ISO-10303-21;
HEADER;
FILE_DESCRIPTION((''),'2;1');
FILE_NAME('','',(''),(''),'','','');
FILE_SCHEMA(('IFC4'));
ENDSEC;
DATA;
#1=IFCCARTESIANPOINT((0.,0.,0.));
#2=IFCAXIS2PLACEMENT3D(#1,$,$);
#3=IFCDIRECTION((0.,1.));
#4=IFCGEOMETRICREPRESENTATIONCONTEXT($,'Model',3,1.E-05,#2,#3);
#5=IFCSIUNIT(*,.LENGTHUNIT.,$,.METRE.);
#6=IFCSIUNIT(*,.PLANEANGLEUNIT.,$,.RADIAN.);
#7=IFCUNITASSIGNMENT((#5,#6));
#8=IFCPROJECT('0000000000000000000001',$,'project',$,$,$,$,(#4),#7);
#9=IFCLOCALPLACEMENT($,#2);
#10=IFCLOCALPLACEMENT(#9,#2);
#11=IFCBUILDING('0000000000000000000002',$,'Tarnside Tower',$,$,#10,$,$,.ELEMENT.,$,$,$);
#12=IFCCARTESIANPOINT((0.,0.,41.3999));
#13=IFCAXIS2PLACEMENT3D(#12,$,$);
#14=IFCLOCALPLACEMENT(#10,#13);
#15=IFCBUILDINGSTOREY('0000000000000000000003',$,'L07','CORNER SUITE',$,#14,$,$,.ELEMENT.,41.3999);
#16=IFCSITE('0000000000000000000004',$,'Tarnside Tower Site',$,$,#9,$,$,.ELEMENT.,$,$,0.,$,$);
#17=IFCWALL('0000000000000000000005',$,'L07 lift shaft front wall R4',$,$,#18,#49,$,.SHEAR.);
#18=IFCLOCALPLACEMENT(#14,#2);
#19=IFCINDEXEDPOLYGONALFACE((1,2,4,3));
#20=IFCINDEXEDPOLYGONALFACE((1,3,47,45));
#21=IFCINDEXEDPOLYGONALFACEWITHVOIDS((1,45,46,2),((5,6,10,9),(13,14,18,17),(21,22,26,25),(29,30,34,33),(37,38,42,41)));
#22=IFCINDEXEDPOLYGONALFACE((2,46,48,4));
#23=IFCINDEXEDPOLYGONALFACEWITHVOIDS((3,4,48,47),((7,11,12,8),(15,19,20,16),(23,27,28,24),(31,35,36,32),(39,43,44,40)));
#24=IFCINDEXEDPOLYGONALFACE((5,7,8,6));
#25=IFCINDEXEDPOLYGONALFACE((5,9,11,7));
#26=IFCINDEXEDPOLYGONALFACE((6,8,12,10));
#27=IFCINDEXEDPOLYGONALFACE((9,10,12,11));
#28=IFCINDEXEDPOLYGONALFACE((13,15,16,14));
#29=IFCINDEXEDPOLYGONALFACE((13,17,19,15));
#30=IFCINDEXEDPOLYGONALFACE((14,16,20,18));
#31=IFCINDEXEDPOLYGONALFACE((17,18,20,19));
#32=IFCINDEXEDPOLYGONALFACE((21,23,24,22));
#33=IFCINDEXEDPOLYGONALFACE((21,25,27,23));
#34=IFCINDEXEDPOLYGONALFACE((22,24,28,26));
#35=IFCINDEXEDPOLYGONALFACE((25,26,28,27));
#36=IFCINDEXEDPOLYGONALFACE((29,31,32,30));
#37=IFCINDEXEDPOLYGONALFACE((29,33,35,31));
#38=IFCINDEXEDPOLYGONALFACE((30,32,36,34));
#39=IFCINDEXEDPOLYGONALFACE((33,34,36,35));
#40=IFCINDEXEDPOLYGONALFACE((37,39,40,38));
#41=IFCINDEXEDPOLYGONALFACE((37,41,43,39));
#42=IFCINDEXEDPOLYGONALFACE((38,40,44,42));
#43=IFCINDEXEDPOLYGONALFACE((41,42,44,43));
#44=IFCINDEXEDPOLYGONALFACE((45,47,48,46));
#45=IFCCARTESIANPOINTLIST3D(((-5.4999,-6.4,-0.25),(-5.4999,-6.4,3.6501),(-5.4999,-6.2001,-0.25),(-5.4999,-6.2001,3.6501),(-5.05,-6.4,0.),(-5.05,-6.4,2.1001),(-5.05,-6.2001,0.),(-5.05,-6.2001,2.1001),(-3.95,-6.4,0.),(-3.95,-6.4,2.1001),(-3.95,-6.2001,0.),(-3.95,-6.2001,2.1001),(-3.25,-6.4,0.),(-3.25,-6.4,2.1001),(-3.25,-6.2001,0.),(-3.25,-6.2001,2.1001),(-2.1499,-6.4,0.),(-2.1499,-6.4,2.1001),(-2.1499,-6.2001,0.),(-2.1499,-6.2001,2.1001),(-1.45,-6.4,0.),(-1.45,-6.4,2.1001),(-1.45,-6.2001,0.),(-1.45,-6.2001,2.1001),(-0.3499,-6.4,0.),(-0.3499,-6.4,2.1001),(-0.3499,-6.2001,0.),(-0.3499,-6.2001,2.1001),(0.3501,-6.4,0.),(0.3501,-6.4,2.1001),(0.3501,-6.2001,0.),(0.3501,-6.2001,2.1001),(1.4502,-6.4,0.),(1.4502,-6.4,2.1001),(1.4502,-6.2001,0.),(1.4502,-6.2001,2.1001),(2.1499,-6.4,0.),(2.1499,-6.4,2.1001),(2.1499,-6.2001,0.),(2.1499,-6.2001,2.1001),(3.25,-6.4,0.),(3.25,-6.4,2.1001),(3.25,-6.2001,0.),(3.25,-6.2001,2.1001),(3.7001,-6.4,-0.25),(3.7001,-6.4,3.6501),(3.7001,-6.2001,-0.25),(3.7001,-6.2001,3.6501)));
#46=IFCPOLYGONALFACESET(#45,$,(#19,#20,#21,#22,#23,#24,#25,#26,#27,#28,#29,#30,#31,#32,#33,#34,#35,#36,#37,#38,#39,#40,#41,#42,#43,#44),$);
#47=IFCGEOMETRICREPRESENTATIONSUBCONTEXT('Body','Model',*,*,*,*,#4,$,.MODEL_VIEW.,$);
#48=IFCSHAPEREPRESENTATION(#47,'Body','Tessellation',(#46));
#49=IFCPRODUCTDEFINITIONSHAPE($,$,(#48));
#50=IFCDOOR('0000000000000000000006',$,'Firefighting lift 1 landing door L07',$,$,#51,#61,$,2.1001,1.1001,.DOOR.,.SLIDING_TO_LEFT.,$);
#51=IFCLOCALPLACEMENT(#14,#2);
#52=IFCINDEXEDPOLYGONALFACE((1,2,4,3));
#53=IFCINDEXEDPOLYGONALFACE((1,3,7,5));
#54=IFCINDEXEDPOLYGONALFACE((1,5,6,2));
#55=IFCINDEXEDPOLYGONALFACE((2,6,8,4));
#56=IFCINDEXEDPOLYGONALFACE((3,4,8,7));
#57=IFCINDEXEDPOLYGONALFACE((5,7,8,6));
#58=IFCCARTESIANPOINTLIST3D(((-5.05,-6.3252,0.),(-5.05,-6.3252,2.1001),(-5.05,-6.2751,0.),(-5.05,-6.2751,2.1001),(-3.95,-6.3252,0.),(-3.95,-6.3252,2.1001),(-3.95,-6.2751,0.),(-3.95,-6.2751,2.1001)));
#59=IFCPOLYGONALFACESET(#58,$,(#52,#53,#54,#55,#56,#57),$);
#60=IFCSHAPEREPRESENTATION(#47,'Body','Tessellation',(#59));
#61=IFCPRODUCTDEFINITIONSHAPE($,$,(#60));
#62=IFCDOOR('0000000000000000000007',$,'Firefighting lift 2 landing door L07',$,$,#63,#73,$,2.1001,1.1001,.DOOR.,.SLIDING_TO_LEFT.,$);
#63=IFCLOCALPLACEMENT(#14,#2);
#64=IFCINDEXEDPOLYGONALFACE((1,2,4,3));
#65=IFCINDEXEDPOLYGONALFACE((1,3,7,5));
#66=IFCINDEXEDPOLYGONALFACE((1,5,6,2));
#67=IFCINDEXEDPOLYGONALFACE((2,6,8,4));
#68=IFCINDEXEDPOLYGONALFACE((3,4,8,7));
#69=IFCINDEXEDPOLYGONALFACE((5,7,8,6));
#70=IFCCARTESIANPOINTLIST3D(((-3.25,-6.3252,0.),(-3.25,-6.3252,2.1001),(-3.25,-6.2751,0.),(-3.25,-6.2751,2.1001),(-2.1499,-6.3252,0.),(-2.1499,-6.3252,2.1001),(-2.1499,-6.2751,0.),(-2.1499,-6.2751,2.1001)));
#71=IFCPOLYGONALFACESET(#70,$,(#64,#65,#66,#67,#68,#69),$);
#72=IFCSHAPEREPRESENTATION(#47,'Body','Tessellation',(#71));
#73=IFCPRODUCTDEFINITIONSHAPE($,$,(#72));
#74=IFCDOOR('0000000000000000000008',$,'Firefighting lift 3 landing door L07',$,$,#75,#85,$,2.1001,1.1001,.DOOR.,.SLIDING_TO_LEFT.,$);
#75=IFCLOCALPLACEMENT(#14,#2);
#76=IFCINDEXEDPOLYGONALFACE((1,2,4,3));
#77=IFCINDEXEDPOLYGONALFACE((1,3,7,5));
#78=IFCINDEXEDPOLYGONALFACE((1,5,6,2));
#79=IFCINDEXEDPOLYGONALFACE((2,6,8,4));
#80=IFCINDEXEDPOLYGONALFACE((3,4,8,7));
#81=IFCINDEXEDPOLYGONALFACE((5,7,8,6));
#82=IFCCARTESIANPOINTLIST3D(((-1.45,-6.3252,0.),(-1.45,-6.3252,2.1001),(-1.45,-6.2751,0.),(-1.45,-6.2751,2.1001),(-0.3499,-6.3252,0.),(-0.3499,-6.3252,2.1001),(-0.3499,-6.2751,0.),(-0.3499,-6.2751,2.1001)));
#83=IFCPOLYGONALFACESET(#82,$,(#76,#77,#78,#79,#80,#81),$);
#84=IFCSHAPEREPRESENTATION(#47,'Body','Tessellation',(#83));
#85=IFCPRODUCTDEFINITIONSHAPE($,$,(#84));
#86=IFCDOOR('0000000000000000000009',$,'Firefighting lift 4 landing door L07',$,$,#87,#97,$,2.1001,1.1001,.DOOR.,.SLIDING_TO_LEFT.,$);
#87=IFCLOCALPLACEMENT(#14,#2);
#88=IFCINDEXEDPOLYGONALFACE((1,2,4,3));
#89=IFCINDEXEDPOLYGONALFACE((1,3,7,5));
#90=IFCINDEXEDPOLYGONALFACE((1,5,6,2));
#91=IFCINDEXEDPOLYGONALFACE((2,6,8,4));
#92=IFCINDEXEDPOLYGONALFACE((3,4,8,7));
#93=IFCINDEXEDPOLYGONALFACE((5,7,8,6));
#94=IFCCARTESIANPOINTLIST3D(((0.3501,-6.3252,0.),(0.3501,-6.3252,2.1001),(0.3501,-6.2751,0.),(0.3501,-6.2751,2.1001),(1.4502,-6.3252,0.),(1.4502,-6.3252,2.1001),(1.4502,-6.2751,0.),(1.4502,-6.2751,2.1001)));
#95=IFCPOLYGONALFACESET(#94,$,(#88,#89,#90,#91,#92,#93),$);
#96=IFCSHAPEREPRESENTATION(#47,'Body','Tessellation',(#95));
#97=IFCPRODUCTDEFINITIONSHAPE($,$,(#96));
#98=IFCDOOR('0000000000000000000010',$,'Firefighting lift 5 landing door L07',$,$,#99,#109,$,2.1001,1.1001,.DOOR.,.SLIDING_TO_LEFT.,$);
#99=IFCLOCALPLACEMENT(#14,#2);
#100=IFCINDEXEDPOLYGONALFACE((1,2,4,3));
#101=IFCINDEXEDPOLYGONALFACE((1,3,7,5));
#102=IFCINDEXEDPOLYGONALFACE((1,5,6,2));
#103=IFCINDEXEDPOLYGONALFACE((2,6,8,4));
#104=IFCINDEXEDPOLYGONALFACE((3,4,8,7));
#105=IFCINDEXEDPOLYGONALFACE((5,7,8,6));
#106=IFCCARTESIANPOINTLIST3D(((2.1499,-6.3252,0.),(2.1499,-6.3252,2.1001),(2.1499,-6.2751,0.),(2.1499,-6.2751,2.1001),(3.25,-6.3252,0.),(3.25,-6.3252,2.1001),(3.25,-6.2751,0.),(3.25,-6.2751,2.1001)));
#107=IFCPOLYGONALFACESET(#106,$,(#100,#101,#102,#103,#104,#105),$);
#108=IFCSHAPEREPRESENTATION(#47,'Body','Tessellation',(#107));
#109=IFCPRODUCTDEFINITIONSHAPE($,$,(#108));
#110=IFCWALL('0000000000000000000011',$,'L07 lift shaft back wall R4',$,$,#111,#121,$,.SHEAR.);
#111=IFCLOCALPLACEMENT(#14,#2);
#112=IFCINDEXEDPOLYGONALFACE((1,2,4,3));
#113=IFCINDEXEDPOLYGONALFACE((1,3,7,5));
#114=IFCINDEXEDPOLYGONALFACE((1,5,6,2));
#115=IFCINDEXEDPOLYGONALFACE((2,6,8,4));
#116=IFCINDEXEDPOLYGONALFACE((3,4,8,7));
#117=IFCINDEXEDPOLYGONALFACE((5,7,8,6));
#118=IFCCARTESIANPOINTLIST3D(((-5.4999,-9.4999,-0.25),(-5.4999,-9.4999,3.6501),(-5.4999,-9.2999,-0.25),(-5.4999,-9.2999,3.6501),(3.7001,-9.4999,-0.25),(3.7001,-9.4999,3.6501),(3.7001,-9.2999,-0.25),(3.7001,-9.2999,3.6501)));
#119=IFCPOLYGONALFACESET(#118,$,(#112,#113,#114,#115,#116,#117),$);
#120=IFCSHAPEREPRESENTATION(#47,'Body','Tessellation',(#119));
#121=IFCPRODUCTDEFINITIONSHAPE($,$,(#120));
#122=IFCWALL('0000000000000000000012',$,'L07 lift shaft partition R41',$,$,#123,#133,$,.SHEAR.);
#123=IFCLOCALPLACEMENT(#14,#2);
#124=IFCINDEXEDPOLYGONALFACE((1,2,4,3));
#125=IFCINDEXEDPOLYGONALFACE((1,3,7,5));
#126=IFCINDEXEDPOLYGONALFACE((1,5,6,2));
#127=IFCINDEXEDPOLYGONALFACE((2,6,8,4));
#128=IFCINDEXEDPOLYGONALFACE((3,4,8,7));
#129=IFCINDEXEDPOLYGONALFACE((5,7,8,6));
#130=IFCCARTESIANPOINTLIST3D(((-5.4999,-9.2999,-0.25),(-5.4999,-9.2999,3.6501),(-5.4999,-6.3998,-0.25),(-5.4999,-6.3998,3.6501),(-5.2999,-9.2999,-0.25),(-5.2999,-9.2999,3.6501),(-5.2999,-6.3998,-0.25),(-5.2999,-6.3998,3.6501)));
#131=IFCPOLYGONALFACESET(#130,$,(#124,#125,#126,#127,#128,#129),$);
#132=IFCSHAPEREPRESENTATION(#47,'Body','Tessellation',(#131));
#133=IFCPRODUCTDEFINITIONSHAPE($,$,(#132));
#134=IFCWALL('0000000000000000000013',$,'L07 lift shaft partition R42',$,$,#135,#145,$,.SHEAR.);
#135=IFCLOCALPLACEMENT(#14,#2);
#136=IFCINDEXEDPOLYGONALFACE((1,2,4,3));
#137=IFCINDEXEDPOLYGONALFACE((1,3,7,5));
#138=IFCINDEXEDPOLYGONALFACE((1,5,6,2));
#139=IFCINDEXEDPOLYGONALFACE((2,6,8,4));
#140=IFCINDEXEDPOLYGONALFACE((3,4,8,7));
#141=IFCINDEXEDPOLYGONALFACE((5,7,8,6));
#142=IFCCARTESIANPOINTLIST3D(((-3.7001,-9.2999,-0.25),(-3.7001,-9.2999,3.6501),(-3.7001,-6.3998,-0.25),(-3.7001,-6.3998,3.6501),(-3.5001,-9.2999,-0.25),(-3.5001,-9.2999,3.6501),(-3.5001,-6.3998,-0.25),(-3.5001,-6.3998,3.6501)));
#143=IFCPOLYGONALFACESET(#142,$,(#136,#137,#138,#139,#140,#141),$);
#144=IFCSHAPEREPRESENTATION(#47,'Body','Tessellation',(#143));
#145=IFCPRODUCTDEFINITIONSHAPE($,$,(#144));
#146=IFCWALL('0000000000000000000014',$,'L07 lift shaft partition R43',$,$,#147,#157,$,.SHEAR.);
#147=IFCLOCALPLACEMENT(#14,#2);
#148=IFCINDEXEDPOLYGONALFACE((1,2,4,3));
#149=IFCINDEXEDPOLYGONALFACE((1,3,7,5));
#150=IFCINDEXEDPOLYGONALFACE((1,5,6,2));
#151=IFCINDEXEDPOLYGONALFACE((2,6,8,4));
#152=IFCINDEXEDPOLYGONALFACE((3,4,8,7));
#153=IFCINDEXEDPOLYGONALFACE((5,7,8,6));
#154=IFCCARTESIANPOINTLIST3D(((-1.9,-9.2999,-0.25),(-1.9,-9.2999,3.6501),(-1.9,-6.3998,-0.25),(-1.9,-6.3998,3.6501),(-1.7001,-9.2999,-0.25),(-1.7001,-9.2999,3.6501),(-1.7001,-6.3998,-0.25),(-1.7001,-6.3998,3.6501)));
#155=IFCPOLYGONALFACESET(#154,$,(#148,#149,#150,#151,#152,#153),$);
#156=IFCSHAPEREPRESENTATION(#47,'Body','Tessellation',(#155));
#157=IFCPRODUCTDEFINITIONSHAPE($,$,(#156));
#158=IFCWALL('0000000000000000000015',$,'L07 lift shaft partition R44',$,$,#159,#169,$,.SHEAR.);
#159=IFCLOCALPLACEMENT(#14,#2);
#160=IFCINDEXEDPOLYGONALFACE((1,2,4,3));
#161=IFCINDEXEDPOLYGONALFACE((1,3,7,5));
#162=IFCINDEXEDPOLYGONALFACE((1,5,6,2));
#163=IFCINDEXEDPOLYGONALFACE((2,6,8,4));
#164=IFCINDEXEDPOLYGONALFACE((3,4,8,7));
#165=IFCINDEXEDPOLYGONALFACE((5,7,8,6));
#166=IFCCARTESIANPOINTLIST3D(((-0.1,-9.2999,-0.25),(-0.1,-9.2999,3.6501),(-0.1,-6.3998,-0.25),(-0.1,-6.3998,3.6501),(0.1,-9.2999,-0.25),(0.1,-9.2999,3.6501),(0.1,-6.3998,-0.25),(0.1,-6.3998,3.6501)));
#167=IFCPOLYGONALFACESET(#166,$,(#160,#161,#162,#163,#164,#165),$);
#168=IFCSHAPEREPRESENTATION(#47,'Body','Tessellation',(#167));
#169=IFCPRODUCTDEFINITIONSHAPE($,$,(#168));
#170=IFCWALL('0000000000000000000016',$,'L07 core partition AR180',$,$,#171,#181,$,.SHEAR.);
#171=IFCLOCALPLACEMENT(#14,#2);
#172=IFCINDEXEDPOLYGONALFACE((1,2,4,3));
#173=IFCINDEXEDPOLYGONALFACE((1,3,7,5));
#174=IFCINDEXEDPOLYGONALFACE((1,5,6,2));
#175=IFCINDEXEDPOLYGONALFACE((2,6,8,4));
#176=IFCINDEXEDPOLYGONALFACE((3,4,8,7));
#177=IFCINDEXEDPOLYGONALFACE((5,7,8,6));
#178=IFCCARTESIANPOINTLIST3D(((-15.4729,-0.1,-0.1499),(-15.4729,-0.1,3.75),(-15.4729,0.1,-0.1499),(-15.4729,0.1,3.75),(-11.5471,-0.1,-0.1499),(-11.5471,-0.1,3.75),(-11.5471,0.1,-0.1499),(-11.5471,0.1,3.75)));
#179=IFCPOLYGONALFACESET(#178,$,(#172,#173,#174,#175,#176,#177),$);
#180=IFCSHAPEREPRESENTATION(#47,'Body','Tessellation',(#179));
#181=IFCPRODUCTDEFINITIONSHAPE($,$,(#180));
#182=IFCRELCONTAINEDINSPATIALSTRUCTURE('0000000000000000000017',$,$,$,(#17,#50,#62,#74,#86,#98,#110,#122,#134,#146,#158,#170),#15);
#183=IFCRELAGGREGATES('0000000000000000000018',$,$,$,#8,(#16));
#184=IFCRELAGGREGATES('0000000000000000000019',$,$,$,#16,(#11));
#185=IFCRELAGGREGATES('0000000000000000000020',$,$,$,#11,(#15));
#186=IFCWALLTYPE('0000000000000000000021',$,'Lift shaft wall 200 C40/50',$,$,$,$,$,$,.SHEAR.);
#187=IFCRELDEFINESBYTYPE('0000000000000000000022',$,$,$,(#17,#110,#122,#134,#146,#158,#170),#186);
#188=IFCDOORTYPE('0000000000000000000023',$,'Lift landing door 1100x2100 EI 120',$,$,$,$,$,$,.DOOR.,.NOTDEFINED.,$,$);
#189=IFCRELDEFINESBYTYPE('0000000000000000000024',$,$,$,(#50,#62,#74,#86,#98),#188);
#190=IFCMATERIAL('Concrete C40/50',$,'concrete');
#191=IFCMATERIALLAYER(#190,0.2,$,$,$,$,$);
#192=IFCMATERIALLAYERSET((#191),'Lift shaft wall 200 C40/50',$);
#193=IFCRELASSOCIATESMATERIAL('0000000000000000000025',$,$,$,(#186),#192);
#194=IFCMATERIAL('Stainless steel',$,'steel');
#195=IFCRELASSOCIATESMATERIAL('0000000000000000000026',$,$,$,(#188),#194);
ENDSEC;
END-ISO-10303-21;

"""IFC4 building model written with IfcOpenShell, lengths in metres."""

from ifc_helpers import new_model, si_unit, direction, frame, frame_2d, origin, place, context, subcontext, project, spatial, rectangle, extrude, material, layer, layer_set, type_object, element, fill, save


model = new_model("IFC4")

# Units and contexts
model_context = context("Model", 3, precision=1e-05, world=origin(), true_north=direction((0.0, 1.0)))
body_context = subcontext(model_context, "Body", "Model", "MODEL_VIEW")
ifc_project = project(units=[si_unit("LENGTHUNIT", "METRE"), si_unit("PLANEANGLEUNIT", "RADIAN")], contexts=[model_context])

# Site, building, storey
site_placement = place(None, origin())
site = spatial("IfcSite", under=ifc_project, at=site_placement, Name="Tarnside Tower Site", CompositionType="ELEMENT", RefElevation=0.0)
building_placement = place(site_placement, origin())
building = spatial("IfcBuilding", under=site, at=building_placement, Name="Tarnside Tower", CompositionType="ELEMENT")
storey_placement = place(building_placement, frame((0.0, 0.0, 41.3999)))
storey = spatial("IfcBuildingStorey", under=building, at=storey_placement, Name="L07", Description="CORNER SUITE", CompositionType="ELEMENT", Elevation=41.3999)

# Shared definitions
ifc_material_1 = material(Name="Concrete C40/50", Category="concrete")

# Wall, openings, doors
ifc_layer_1 = layer(ifc_material_1, 0.2)
ifc_layer_set_1 = layer_set([ifc_layer_1], Name="Lift shaft wall 200 C40/50")
wall_type_1 = type_object("IfcWallType", Name="Lift shaft wall 200 C40/50", PredefinedType="SHEAR", material=ifc_layer_set_1)
wall_1_placement = place(storey_placement, frame((-5.5, -6.3, -0.25), z_axis=(0.0, 0.0, 1.0), x_axis=(1.0, 0.0, 0.0)))
wall_1 = element("IfcWall", 1, at=wall_1_placement, inside=storey, type_object=wall_type_1, Name="L07 lift shaft front wall R4", PredefinedType="SHEAR", context=body_context, shape_type="SweptSolid", body=[
    extrude(rectangle(XDim=9.2, YDim=0.2, at=frame_2d((4.6001, 0.0))), origin(), (0.0, 0.0, 1.0), 3.9001),
])
opening_1_placement = place(wall_1_placement, frame((0.45, 0.0, 0.25)))
opening_1 = element("IfcOpeningElement", 2, at=opening_1_placement, cuts=wall_1, PredefinedType="OPENING", context=body_context, shape_type="SweptSolid", body=[
    extrude(rectangle(XDim=1.1001, YDim=2.1001, at=frame_2d((0.55, 1.05))), frame((0.0, 0.1099, 0.0), z_axis=(0.0, -1.0, 0.0), x_axis=(1.0, 0.0, 0.0)), (0.0, 0.0, 1.0), 0.22),
])
opening_2_placement = place(wall_1_placement, frame((2.25, 0.0, 0.25)))
opening_2 = element("IfcOpeningElement", 3, at=opening_2_placement, cuts=wall_1, PredefinedType="OPENING", context=body_context, shape_type="SweptSolid", body=[
    extrude(rectangle(XDim=1.1001, YDim=2.1001, at=frame_2d((0.55, 1.05))), frame((0.0, 0.1099, 0.0), z_axis=(0.0, -1.0, 0.0), x_axis=(1.0, 0.0, 0.0)), (0.0, 0.0, 1.0), 0.22),
])
opening_3_placement = place(wall_1_placement, frame((4.05, 0.0, 0.25)))
opening_3 = element("IfcOpeningElement", 4, at=opening_3_placement, cuts=wall_1, PredefinedType="OPENING", context=body_context, shape_type="SweptSolid", body=[
    extrude(rectangle(XDim=1.1001, YDim=2.1001, at=frame_2d((0.55, 1.05))), frame((0.0, 0.1099, 0.0), z_axis=(0.0, -1.0, 0.0), x_axis=(1.0, 0.0, 0.0)), (0.0, 0.0, 1.0), 0.22),
])
opening_4_placement = place(wall_1_placement, frame((5.8501, 0.0, 0.25)))
opening_4 = element("IfcOpeningElement", 5, at=opening_4_placement, cuts=wall_1, PredefinedType="OPENING", context=body_context, shape_type="SweptSolid", body=[
    extrude(rectangle(XDim=1.1001, YDim=2.1001, at=frame_2d((0.55, 1.05))), frame((0.0, 0.1099, 0.0), z_axis=(0.0, -1.0, 0.0), x_axis=(1.0, 0.0, 0.0)), (0.0, 0.0, 1.0), 0.22),
])
opening_5_placement = place(wall_1_placement, frame((7.6499, 0.0, 0.25)))
opening_5 = element("IfcOpeningElement", 6, at=opening_5_placement, cuts=wall_1, PredefinedType="OPENING", context=body_context, shape_type="SweptSolid", body=[
    extrude(rectangle(XDim=1.1001, YDim=2.1001, at=frame_2d((0.55, 1.05))), frame((0.0, 0.1099, 0.0), z_axis=(0.0, -1.0, 0.0), x_axis=(1.0, 0.0, 0.0)), (0.0, 0.0, 1.0), 0.22),
])
ifc_material_2 = material(Name="Stainless steel", Category="steel")
door_type_1 = type_object("IfcDoorType", Name="Lift landing door 1100x2100 EI 120", OperationType="NOTDEFINED", PredefinedType="DOOR", material=ifc_material_2)
door_1_placement = place(opening_1_placement, origin())
door_1 = element("IfcDoor", 7, at=door_1_placement, inside=storey, type_object=door_type_1, Name="Firefighting lift 1 landing door L07", OperationType="SLIDING_TO_LEFT", OverallHeight=2.1001, OverallWidth=1.1001, PredefinedType="DOOR", context=body_context, shape_type="SweptSolid", body=[
    extrude(rectangle(XDim=1.1001, YDim=2.1001, at=frame_2d((0.55, 1.05))), frame((0.0, 0.0249, 0.0), z_axis=(0.0, -1.0, 0.0), x_axis=(1.0, 0.0, 0.0)), (0.0, 0.0, 1.0), 0.05),
])
fill(opening_1, door_1)
door_2_placement = place(opening_2_placement, origin())
door_2 = element("IfcDoor", 8, at=door_2_placement, inside=storey, type_object=door_type_1, Name="Firefighting lift 2 landing door L07", OperationType="SLIDING_TO_LEFT", OverallHeight=2.1001, OverallWidth=1.1001, PredefinedType="DOOR", context=body_context, shape_type="SweptSolid", body=[
    extrude(rectangle(XDim=1.1001, YDim=2.1001, at=frame_2d((0.55, 1.05))), frame((0.0, 0.0249, 0.0), z_axis=(0.0, -1.0, 0.0), x_axis=(1.0, 0.0, 0.0)), (0.0, 0.0, 1.0), 0.05),
])
fill(opening_2, door_2)
door_3_placement = place(opening_3_placement, origin())
door_3 = element("IfcDoor", 9, at=door_3_placement, inside=storey, type_object=door_type_1, Name="Firefighting lift 3 landing door L07", OperationType="SLIDING_TO_LEFT", OverallHeight=2.1001, OverallWidth=1.1001, PredefinedType="DOOR", context=body_context, shape_type="SweptSolid", body=[
    extrude(rectangle(XDim=1.1001, YDim=2.1001, at=frame_2d((0.55, 1.05))), frame((0.0, 0.0249, 0.0), z_axis=(0.0, -1.0, 0.0), x_axis=(1.0, 0.0, 0.0)), (0.0, 0.0, 1.0), 0.05),
])
fill(opening_3, door_3)
door_4_placement = place(opening_4_placement, origin())
door_4 = element("IfcDoor", 10, at=door_4_placement, inside=storey, type_object=door_type_1, Name="Firefighting lift 4 landing door L07", OperationType="SLIDING_TO_LEFT", OverallHeight=2.1001, OverallWidth=1.1001, PredefinedType="DOOR", context=body_context, shape_type="SweptSolid", body=[
    extrude(rectangle(XDim=1.1001, YDim=2.1001, at=frame_2d((0.55, 1.05))), frame((0.0, 0.0249, 0.0), z_axis=(0.0, -1.0, 0.0), x_axis=(1.0, 0.0, 0.0)), (0.0, 0.0, 1.0), 0.05),
])
fill(opening_4, door_4)
door_5_placement = place(opening_5_placement, origin())
door_5 = element("IfcDoor", 11, at=door_5_placement, inside=storey, type_object=door_type_1, Name="Firefighting lift 5 landing door L07", OperationType="SLIDING_TO_LEFT", OverallHeight=2.1001, OverallWidth=1.1001, PredefinedType="DOOR", context=body_context, shape_type="SweptSolid", body=[
    extrude(rectangle(XDim=1.1001, YDim=2.1001, at=frame_2d((0.55, 1.05))), frame((0.0, 0.0249, 0.0), z_axis=(0.0, -1.0, 0.0), x_axis=(1.0, 0.0, 0.0)), (0.0, 0.0, 1.0), 0.05),
])
fill(opening_5, door_5)

# Walls
wall_2_placement = place(storey_placement, frame((-5.5, -9.3999, -0.25), z_axis=(0.0, 0.0, 1.0), x_axis=(1.0, 0.0, 0.0)))
element("IfcWall", 12, at=wall_2_placement, inside=storey, type_object=wall_type_1, Name="L07 lift shaft back wall R4", PredefinedType="SHEAR", context=body_context, shape_type="SweptSolid", body=[
    extrude(rectangle(XDim=9.2, YDim=0.2, at=frame_2d((4.6001, 0.0))), origin(), (0.0, 0.0, 1.0), 3.9001),
])
for number, where, z_axis, x_axis, name in (
    (13, (-5.3999, -9.3, -0.25), (0.0, 0.0, 1.0), (0.0, 1.0, 0.0), "L07 lift shaft partition R41"),
    (14, (-3.6001, -9.3, -0.25), (0.0, 0.0, 1.0), (0.0, 1.0, 0.0), "L07 lift shaft partition R42"),
    (15, (-1.8, -9.3, -0.25), (0.0, 0.0, 1.0), (0.0, 1.0, 0.0), "L07 lift shaft partition R43"),
    (16, (0.0, -9.3, -0.25), (0.0, 0.0, 1.0), (0.0, 1.0, 0.0), "L07 lift shaft partition R44"),
):
    element("IfcWall", number, at=place(storey_placement, frame(where, z_axis=z_axis, x_axis=x_axis)), inside=storey, type_object=wall_type_1, Name=name, PredefinedType="SHEAR", context=body_context, shape_type="SweptSolid", body=[
        extrude(rectangle(XDim=2.9001, YDim=0.2, at=frame_2d((1.4502, 0.0))), origin(), (0.0, 0.0, 1.0), 3.9001),
    ])
wall_3_placement = place(storey_placement, frame((-11.5471, 0.0, -0.1499), z_axis=(0.0, 0.0, 1.0), x_axis=(-1.0, 0.0, 0.0)))
element("IfcWall", 17, at=wall_3_placement, inside=storey, type_object=wall_type_1, Name="L07 core partition AR180", PredefinedType="SHEAR", context=body_context, shape_type="SweptSolid", body=[
    extrude(rectangle(XDim=3.9258, YDim=0.2, at=frame_2d((1.9629, 0.0))), origin(), (0.0, 0.0, 1.0), 3.8999),
])

save(model, "model.ifc")
